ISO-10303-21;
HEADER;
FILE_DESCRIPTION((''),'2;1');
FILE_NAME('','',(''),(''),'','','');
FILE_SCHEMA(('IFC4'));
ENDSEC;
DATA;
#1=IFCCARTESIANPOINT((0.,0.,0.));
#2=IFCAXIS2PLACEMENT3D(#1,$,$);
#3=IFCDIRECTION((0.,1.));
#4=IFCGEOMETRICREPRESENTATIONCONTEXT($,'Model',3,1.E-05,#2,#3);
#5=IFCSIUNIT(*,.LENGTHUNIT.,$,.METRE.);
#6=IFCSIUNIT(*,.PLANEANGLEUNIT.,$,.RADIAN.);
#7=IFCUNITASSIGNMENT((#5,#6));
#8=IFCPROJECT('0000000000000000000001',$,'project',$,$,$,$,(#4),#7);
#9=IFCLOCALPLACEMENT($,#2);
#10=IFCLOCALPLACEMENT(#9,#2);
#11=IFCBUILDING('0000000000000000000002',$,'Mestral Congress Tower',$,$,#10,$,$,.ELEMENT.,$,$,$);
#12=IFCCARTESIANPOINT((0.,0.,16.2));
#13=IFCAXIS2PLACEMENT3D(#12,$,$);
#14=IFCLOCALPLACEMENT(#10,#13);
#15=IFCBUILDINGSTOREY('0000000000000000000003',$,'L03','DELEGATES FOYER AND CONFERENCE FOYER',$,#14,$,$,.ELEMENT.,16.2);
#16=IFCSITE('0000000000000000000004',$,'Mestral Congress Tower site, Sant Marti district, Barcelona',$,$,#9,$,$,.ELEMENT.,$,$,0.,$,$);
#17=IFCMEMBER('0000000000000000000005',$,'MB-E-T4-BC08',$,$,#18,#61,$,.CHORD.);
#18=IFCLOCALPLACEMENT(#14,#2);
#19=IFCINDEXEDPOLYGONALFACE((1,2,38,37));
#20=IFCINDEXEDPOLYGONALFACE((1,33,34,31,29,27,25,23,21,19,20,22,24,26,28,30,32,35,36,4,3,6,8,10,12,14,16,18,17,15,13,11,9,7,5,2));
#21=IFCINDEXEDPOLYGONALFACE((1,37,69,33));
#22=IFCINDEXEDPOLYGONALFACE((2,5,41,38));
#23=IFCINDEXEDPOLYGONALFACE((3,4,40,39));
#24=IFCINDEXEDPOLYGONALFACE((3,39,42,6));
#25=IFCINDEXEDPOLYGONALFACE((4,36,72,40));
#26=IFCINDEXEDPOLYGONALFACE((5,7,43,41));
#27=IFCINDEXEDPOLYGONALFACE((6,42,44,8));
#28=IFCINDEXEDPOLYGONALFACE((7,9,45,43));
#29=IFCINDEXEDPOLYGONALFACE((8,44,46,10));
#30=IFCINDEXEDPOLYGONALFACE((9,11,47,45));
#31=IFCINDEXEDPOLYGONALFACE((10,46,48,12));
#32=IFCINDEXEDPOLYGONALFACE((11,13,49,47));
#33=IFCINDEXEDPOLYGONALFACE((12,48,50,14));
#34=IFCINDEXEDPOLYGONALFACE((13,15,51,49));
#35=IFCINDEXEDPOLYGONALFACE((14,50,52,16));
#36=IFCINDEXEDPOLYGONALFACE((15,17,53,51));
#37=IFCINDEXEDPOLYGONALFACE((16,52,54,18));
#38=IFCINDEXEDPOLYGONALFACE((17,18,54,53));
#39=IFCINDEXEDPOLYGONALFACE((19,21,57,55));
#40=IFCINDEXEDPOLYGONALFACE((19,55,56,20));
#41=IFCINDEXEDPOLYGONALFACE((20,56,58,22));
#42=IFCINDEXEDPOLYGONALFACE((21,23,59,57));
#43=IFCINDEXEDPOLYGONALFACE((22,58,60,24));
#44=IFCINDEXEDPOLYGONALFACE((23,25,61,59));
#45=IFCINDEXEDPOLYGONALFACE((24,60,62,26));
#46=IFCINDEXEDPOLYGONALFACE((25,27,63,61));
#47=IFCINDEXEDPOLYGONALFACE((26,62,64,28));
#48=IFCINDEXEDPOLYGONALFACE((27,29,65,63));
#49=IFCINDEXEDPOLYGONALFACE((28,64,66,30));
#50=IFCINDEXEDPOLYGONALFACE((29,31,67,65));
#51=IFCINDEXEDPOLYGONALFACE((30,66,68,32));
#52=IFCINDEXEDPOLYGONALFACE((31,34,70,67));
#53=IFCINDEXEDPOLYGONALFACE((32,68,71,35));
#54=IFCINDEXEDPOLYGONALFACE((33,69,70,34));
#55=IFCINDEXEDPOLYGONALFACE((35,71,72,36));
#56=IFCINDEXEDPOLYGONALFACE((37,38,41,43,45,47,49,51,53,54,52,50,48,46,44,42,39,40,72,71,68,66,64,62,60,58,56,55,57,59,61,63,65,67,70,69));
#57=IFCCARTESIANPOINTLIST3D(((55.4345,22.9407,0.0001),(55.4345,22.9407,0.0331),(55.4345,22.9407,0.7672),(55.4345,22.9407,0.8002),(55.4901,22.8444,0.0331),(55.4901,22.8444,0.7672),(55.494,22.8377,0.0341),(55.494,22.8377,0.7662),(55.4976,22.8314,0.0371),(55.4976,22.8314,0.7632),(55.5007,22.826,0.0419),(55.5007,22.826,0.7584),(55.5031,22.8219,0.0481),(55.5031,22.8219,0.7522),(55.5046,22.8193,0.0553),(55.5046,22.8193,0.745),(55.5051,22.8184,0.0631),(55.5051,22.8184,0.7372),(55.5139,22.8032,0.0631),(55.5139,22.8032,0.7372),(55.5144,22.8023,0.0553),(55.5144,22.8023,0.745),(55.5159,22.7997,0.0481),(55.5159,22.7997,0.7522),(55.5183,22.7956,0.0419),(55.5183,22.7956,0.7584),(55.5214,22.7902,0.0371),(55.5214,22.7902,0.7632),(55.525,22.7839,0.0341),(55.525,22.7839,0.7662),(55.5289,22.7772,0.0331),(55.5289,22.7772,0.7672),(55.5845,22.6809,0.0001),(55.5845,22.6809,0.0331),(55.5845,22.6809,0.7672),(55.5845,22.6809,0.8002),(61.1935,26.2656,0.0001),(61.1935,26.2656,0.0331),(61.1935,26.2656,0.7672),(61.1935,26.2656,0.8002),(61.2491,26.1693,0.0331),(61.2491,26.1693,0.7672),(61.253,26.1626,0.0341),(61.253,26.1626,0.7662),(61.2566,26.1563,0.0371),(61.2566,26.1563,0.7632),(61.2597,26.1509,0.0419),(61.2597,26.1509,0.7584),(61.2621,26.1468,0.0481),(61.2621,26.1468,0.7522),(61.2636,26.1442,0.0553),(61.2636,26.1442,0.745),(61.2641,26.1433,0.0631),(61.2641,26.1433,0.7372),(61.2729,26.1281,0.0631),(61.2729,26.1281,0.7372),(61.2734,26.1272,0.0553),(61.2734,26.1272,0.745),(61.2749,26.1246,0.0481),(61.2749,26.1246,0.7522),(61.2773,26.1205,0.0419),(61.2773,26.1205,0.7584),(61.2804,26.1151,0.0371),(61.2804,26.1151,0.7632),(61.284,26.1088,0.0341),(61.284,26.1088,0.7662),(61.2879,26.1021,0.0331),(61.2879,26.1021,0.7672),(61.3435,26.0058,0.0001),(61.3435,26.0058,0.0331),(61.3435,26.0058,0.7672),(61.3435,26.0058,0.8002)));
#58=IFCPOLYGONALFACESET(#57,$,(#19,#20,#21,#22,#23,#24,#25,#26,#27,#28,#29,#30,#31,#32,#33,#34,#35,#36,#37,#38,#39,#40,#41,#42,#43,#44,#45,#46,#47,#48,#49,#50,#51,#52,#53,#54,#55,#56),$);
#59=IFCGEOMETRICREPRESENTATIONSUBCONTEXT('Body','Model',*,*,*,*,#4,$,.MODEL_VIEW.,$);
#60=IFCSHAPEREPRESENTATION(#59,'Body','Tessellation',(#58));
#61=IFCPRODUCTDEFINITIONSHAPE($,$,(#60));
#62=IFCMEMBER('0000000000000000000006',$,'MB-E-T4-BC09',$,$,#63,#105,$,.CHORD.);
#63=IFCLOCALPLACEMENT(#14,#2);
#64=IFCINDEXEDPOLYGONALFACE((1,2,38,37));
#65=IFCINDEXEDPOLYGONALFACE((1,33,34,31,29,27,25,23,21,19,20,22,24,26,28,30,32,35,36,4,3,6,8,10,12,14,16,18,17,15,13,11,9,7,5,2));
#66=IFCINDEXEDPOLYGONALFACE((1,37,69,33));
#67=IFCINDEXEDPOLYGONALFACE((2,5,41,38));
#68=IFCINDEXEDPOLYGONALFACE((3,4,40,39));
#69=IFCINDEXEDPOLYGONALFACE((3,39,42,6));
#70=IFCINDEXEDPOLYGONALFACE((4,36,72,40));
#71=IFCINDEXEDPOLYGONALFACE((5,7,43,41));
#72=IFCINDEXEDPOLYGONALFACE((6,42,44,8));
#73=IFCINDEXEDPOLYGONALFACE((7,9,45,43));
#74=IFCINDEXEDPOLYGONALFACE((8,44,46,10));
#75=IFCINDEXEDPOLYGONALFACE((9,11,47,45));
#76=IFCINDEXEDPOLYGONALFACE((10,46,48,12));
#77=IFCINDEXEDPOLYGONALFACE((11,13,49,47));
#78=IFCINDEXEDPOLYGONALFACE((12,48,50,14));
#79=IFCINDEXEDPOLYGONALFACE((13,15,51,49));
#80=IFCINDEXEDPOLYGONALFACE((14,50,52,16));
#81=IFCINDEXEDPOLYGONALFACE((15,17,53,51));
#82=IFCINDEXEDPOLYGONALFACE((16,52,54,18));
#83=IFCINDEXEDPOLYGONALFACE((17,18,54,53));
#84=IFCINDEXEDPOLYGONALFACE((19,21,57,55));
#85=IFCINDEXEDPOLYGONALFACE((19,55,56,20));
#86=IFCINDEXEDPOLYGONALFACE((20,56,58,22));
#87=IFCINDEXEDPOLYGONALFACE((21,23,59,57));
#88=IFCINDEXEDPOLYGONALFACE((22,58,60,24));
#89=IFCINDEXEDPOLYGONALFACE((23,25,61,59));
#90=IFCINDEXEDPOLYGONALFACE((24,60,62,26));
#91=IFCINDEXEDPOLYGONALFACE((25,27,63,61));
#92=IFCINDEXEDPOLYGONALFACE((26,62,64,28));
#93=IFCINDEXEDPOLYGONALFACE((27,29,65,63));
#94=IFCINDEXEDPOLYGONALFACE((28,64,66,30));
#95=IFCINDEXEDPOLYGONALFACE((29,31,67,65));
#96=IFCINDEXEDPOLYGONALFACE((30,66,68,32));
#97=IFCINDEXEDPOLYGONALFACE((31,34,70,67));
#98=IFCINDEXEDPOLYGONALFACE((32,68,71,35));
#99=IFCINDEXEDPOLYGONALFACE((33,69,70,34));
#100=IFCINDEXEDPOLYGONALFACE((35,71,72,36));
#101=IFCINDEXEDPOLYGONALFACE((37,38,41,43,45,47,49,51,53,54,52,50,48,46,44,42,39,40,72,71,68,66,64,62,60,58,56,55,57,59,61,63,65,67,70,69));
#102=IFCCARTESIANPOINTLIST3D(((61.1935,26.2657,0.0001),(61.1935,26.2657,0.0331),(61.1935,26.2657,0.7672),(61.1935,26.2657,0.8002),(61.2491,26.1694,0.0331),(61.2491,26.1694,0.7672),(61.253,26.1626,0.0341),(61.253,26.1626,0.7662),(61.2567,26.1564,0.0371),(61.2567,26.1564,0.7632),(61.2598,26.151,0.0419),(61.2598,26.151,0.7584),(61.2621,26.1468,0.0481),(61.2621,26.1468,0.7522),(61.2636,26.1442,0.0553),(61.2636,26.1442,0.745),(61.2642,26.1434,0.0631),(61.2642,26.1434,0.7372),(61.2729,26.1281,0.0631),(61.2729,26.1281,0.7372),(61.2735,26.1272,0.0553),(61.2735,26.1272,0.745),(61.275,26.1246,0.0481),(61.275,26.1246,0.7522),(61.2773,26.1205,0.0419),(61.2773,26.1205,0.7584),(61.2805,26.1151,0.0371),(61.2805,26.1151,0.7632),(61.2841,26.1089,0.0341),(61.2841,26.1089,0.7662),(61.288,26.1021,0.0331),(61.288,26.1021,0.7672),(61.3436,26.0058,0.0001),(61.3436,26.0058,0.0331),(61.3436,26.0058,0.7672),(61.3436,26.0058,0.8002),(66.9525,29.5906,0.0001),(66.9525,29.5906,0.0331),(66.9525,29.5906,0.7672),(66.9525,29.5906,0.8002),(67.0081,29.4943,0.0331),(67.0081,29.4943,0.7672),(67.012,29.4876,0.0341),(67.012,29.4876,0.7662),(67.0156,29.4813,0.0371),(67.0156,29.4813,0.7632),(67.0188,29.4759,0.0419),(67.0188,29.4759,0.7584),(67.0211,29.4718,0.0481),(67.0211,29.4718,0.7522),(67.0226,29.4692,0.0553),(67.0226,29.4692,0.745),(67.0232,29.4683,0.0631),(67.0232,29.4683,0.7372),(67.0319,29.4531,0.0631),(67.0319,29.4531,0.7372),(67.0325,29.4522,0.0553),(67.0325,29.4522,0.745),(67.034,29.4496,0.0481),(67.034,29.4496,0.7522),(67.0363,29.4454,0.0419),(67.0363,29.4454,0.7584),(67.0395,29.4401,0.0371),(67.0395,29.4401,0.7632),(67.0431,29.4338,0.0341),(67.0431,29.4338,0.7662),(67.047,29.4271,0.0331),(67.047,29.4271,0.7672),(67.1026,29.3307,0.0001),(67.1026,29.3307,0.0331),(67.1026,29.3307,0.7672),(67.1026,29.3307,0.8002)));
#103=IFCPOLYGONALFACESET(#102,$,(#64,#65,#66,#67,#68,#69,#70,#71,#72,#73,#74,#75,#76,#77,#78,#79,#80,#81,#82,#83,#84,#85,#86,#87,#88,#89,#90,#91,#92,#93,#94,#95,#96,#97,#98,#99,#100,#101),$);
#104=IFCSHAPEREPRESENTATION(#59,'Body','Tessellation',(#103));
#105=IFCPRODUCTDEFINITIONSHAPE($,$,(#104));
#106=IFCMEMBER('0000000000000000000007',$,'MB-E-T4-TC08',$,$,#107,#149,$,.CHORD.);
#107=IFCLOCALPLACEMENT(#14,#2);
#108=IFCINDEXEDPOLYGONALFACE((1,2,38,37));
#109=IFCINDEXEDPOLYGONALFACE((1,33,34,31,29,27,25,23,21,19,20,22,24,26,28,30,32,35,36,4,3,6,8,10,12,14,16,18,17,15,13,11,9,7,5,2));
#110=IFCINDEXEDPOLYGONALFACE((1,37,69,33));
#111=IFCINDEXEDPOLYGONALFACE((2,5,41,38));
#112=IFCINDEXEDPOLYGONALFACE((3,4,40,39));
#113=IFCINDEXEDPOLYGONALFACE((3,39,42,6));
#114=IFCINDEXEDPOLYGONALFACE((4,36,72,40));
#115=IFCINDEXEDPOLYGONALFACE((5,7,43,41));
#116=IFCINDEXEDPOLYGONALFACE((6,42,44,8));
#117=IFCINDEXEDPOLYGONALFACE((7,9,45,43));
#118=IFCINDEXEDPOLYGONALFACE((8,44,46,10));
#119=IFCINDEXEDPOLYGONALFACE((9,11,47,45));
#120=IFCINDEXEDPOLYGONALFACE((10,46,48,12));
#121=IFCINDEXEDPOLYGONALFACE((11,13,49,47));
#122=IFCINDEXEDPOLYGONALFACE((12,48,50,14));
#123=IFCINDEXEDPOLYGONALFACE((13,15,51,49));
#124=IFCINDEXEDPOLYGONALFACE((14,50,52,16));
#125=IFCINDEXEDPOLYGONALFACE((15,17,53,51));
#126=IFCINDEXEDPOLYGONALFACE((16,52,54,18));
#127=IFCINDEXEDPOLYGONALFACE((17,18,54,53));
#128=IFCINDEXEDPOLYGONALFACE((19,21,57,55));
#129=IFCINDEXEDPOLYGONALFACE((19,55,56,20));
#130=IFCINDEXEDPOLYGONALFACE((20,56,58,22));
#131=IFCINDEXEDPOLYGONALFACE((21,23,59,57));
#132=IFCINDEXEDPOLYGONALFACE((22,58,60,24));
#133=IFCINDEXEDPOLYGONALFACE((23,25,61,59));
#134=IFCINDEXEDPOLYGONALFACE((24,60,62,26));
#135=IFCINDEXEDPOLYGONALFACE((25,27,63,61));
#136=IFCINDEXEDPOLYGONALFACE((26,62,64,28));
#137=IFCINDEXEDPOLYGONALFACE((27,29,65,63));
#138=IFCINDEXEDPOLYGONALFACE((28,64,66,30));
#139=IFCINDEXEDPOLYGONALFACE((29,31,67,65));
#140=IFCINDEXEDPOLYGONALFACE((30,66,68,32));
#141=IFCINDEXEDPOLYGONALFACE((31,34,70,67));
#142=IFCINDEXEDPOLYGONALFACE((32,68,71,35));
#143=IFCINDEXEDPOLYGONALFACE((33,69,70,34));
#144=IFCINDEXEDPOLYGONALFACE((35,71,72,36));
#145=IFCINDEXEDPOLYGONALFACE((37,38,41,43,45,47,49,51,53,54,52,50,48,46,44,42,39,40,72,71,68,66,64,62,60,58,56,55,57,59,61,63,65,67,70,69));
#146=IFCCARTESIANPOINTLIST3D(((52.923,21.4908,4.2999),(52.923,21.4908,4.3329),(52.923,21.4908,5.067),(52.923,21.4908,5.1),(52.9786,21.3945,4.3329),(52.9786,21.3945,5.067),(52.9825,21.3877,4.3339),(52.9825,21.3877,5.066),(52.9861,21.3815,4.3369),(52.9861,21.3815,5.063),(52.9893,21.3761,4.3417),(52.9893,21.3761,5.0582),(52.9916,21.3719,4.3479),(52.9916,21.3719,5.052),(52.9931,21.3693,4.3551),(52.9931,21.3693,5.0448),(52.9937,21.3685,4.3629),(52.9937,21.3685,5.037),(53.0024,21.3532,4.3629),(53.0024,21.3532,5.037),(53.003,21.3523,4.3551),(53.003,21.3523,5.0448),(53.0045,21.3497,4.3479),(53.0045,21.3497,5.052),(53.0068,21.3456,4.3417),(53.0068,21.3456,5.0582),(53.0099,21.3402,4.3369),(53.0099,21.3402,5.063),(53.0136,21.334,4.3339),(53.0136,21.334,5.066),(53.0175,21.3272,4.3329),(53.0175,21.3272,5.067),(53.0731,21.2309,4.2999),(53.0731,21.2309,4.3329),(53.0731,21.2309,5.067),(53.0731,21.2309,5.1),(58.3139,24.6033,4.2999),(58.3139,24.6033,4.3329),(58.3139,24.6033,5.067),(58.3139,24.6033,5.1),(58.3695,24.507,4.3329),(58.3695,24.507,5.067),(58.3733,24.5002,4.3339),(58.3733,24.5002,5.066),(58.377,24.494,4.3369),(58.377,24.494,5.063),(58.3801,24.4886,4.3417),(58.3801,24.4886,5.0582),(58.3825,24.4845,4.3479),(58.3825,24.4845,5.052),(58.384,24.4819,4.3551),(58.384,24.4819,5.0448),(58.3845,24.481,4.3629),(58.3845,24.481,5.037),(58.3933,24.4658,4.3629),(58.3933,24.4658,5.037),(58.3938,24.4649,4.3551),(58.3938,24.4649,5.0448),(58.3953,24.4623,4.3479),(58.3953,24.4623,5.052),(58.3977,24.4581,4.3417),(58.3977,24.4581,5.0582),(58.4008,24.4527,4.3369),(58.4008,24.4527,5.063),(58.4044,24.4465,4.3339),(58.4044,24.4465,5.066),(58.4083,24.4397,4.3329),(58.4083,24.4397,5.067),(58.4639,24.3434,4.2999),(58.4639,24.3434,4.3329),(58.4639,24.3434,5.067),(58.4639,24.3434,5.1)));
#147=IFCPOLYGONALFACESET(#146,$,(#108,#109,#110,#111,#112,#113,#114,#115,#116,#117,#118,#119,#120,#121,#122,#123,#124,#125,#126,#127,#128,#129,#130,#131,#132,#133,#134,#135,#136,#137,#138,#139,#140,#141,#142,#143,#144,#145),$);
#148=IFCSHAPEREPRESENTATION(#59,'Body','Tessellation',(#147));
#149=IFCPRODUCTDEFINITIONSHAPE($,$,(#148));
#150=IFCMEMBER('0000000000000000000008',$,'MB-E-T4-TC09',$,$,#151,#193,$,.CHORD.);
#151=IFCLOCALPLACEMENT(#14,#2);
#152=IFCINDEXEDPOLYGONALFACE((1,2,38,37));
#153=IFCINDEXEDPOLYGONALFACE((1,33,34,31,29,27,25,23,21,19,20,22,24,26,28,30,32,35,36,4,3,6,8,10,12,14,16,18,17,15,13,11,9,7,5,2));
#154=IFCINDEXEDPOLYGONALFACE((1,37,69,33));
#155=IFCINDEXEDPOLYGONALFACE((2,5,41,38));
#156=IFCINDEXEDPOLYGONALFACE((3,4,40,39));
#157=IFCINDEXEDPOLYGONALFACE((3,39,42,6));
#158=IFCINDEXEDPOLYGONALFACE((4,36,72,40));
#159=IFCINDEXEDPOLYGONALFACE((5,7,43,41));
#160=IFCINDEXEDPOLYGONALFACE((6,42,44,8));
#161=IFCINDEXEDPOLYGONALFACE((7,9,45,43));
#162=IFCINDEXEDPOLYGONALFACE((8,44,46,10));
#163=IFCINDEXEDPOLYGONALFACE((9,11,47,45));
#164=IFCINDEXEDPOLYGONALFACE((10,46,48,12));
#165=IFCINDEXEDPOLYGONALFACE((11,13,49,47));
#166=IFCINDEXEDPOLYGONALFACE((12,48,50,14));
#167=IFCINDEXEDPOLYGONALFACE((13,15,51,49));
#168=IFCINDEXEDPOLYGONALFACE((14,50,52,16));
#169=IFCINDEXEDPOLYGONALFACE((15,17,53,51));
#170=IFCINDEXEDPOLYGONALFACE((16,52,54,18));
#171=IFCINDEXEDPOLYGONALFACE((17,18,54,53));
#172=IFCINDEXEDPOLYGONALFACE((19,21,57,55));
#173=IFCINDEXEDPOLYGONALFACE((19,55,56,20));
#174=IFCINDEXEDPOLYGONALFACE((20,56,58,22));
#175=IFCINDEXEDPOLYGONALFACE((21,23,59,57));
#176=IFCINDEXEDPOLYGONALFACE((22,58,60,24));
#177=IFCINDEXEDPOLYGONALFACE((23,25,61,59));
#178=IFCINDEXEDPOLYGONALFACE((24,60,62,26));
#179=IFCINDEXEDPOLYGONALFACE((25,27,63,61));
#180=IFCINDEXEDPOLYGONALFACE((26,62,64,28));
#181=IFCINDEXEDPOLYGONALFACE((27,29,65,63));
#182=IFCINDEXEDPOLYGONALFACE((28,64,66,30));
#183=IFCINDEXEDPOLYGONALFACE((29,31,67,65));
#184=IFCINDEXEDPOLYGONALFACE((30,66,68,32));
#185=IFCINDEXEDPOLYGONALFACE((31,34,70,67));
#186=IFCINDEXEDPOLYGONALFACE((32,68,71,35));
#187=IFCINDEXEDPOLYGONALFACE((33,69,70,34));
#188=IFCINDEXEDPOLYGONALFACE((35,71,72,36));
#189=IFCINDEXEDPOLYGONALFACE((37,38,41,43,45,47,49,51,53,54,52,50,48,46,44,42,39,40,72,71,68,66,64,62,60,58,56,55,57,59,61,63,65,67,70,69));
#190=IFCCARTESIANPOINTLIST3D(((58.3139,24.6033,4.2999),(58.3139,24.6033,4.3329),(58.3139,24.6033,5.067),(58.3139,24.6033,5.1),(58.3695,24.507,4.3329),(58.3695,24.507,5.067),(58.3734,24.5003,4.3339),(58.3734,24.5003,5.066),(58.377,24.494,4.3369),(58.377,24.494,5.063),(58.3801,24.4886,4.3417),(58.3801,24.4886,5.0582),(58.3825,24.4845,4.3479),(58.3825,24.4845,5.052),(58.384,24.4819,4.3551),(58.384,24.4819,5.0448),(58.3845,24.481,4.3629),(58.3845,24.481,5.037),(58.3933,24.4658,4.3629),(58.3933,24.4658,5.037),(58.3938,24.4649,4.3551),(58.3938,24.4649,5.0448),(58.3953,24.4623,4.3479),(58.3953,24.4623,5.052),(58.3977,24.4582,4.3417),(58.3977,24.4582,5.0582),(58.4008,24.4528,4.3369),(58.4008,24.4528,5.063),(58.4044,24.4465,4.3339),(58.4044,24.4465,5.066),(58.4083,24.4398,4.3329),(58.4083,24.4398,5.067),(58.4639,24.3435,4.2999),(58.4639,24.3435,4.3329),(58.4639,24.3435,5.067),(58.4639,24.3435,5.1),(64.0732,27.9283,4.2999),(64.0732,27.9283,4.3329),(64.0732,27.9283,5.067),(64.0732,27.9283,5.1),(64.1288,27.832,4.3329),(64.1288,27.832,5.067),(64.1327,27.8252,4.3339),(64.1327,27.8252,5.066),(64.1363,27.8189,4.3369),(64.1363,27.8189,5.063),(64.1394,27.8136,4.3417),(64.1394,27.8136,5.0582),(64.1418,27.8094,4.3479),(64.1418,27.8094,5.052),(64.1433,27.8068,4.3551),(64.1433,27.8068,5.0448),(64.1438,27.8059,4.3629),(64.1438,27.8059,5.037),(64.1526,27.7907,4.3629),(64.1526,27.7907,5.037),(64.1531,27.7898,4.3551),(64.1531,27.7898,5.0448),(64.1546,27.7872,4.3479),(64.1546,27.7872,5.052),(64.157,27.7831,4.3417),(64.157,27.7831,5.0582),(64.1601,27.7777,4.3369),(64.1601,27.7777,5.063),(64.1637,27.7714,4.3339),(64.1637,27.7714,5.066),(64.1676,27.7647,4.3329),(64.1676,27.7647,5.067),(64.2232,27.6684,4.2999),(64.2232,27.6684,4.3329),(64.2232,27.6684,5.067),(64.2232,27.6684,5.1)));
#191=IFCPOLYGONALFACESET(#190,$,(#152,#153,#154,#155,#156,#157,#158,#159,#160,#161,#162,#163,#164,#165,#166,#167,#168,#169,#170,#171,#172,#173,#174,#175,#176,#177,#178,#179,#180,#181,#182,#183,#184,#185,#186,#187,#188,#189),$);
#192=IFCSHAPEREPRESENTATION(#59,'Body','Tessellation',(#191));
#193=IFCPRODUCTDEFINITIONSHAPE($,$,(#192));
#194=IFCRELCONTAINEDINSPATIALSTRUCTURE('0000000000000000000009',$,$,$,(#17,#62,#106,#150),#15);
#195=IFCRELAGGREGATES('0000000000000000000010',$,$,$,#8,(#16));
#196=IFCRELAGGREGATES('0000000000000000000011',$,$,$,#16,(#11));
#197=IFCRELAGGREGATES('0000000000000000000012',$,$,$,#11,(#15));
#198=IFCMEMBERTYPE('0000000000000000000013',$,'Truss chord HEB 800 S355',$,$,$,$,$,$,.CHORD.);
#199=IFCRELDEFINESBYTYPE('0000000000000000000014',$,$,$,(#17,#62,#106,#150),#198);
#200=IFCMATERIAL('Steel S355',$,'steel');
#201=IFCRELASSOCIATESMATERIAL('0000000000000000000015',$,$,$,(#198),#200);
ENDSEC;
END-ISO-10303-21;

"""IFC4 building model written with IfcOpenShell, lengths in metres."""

from ifc_helpers import new_model, si_unit, direction, frame, origin, origin_2d, place, context, subcontext, project, spatial, i_section, extrude, material, material_profile, profile_set, type_object, element, save


model = new_model("IFC4")

# Units and contexts
model_context = context("Model", 3, precision=1e-05, world=origin(), true_north=direction((0.0, 1.0)))
body_context = subcontext(model_context, "Body", "Model", "MODEL_VIEW")
ifc_project = project(units=[si_unit("LENGTHUNIT", "METRE"), si_unit("PLANEANGLEUNIT", "RADIAN")], contexts=[model_context])

# Site, building, storey
site_placement = place(None, origin())
site = spatial("IfcSite", under=ifc_project, at=site_placement, Name="Mestral Congress Tower site, Sant Marti district, Barcelona", CompositionType="ELEMENT", RefElevation=0.0)
building_placement = place(site_placement, origin())
building = spatial("IfcBuilding", under=site, at=building_placement, Name="Mestral Congress Tower", CompositionType="ELEMENT")
storey_placement = place(building_placement, frame((0.0, 0.0, 16.2)))
storey = spatial("IfcBuildingStorey", under=building, at=storey_placement, Name="L03", Description="DELEGATES FOYER AND CONFERENCE FOYER", CompositionType="ELEMENT", Elevation=16.2)

# Members
ifc_material = material(Name="Steel S355", Category="steel")
ifc_material_profile_1 = material_profile(ifc_material, i_section(OverallWidth=0.3, OverallDepth=0.8, WebThickness=0.0176, FlangeThickness=0.033, FilletRadius=0.03, at=origin_2d()), Name="HEB 800")
ifc_profile_set_1 = profile_set([ifc_material_profile_1], Name="Steel S355")
member_type_1 = type_object("IfcMemberType", Name="Truss chord HEB 800 S355", PredefinedType="CHORD", material=ifc_profile_set_1)
for number, where, z_axis, x_axis, name in (
    (1, (55.5095, 22.8108, 0.4001), (0.866027, 0.499997, 0.0), (-0.499997, 0.866027, 0.0), "MB-E-T4-BC08"),
    (2, (61.2686, 26.1357, 0.4001), (0.866027, 0.499997, 0.0), (-0.499997, 0.866027, 0.0), "MB-E-T4-BC09"),
):
    element("IfcMember", number, at=place(storey_placement, frame(where, z_axis=z_axis, x_axis=x_axis)), inside=storey, type_object=member_type_1, Name=name, PredefinedType="CHORD", context=body_context, shape_type="SweptSolid", body=[
        extrude(i_section(OverallWidth=0.3, OverallDepth=0.8, WebThickness=0.0176, FlangeThickness=0.033, FilletRadius=0.03, at=origin_2d()), origin(), (0.0, 0.0, 1.0), 6.6499),
    ])
member_1_placement = place(storey_placement, frame((52.998, 21.3608, 4.7), z_axis=(0.866016, 0.500016, 0.0), x_axis=(-0.500016, 0.866016, 0.0)))
element("IfcMember", 3, at=member_1_placement, inside=storey, type_object=member_type_1, Name="MB-E-T4-TC08", PredefinedType="CHORD", context=body_context, shape_type="SweptSolid", body=[
    extrude(i_section(OverallWidth=0.3, OverallDepth=0.8, WebThickness=0.0176, FlangeThickness=0.033, FilletRadius=0.03, at=origin_2d()), origin(), (0.0, 0.0, 1.0), 6.2249),
])
member_2_placement = place(storey_placement, frame((58.3889, 24.4734, 4.7), z_axis=(0.866036, 0.499981, 0.0), x_axis=(-0.499981, 0.866036, 0.0)))
element("IfcMember", 4, at=member_2_placement, inside=storey, type_object=member_type_1, Name="MB-E-T4-TC09", PredefinedType="CHORD", context=body_context, shape_type="SweptSolid", body=[
    extrude(i_section(OverallWidth=0.3, OverallDepth=0.8, WebThickness=0.0176, FlangeThickness=0.033, FilletRadius=0.03, at=origin_2d()), origin(), (0.0, 0.0, 1.0), 6.6501),
])

save(model, "model.ifc")
